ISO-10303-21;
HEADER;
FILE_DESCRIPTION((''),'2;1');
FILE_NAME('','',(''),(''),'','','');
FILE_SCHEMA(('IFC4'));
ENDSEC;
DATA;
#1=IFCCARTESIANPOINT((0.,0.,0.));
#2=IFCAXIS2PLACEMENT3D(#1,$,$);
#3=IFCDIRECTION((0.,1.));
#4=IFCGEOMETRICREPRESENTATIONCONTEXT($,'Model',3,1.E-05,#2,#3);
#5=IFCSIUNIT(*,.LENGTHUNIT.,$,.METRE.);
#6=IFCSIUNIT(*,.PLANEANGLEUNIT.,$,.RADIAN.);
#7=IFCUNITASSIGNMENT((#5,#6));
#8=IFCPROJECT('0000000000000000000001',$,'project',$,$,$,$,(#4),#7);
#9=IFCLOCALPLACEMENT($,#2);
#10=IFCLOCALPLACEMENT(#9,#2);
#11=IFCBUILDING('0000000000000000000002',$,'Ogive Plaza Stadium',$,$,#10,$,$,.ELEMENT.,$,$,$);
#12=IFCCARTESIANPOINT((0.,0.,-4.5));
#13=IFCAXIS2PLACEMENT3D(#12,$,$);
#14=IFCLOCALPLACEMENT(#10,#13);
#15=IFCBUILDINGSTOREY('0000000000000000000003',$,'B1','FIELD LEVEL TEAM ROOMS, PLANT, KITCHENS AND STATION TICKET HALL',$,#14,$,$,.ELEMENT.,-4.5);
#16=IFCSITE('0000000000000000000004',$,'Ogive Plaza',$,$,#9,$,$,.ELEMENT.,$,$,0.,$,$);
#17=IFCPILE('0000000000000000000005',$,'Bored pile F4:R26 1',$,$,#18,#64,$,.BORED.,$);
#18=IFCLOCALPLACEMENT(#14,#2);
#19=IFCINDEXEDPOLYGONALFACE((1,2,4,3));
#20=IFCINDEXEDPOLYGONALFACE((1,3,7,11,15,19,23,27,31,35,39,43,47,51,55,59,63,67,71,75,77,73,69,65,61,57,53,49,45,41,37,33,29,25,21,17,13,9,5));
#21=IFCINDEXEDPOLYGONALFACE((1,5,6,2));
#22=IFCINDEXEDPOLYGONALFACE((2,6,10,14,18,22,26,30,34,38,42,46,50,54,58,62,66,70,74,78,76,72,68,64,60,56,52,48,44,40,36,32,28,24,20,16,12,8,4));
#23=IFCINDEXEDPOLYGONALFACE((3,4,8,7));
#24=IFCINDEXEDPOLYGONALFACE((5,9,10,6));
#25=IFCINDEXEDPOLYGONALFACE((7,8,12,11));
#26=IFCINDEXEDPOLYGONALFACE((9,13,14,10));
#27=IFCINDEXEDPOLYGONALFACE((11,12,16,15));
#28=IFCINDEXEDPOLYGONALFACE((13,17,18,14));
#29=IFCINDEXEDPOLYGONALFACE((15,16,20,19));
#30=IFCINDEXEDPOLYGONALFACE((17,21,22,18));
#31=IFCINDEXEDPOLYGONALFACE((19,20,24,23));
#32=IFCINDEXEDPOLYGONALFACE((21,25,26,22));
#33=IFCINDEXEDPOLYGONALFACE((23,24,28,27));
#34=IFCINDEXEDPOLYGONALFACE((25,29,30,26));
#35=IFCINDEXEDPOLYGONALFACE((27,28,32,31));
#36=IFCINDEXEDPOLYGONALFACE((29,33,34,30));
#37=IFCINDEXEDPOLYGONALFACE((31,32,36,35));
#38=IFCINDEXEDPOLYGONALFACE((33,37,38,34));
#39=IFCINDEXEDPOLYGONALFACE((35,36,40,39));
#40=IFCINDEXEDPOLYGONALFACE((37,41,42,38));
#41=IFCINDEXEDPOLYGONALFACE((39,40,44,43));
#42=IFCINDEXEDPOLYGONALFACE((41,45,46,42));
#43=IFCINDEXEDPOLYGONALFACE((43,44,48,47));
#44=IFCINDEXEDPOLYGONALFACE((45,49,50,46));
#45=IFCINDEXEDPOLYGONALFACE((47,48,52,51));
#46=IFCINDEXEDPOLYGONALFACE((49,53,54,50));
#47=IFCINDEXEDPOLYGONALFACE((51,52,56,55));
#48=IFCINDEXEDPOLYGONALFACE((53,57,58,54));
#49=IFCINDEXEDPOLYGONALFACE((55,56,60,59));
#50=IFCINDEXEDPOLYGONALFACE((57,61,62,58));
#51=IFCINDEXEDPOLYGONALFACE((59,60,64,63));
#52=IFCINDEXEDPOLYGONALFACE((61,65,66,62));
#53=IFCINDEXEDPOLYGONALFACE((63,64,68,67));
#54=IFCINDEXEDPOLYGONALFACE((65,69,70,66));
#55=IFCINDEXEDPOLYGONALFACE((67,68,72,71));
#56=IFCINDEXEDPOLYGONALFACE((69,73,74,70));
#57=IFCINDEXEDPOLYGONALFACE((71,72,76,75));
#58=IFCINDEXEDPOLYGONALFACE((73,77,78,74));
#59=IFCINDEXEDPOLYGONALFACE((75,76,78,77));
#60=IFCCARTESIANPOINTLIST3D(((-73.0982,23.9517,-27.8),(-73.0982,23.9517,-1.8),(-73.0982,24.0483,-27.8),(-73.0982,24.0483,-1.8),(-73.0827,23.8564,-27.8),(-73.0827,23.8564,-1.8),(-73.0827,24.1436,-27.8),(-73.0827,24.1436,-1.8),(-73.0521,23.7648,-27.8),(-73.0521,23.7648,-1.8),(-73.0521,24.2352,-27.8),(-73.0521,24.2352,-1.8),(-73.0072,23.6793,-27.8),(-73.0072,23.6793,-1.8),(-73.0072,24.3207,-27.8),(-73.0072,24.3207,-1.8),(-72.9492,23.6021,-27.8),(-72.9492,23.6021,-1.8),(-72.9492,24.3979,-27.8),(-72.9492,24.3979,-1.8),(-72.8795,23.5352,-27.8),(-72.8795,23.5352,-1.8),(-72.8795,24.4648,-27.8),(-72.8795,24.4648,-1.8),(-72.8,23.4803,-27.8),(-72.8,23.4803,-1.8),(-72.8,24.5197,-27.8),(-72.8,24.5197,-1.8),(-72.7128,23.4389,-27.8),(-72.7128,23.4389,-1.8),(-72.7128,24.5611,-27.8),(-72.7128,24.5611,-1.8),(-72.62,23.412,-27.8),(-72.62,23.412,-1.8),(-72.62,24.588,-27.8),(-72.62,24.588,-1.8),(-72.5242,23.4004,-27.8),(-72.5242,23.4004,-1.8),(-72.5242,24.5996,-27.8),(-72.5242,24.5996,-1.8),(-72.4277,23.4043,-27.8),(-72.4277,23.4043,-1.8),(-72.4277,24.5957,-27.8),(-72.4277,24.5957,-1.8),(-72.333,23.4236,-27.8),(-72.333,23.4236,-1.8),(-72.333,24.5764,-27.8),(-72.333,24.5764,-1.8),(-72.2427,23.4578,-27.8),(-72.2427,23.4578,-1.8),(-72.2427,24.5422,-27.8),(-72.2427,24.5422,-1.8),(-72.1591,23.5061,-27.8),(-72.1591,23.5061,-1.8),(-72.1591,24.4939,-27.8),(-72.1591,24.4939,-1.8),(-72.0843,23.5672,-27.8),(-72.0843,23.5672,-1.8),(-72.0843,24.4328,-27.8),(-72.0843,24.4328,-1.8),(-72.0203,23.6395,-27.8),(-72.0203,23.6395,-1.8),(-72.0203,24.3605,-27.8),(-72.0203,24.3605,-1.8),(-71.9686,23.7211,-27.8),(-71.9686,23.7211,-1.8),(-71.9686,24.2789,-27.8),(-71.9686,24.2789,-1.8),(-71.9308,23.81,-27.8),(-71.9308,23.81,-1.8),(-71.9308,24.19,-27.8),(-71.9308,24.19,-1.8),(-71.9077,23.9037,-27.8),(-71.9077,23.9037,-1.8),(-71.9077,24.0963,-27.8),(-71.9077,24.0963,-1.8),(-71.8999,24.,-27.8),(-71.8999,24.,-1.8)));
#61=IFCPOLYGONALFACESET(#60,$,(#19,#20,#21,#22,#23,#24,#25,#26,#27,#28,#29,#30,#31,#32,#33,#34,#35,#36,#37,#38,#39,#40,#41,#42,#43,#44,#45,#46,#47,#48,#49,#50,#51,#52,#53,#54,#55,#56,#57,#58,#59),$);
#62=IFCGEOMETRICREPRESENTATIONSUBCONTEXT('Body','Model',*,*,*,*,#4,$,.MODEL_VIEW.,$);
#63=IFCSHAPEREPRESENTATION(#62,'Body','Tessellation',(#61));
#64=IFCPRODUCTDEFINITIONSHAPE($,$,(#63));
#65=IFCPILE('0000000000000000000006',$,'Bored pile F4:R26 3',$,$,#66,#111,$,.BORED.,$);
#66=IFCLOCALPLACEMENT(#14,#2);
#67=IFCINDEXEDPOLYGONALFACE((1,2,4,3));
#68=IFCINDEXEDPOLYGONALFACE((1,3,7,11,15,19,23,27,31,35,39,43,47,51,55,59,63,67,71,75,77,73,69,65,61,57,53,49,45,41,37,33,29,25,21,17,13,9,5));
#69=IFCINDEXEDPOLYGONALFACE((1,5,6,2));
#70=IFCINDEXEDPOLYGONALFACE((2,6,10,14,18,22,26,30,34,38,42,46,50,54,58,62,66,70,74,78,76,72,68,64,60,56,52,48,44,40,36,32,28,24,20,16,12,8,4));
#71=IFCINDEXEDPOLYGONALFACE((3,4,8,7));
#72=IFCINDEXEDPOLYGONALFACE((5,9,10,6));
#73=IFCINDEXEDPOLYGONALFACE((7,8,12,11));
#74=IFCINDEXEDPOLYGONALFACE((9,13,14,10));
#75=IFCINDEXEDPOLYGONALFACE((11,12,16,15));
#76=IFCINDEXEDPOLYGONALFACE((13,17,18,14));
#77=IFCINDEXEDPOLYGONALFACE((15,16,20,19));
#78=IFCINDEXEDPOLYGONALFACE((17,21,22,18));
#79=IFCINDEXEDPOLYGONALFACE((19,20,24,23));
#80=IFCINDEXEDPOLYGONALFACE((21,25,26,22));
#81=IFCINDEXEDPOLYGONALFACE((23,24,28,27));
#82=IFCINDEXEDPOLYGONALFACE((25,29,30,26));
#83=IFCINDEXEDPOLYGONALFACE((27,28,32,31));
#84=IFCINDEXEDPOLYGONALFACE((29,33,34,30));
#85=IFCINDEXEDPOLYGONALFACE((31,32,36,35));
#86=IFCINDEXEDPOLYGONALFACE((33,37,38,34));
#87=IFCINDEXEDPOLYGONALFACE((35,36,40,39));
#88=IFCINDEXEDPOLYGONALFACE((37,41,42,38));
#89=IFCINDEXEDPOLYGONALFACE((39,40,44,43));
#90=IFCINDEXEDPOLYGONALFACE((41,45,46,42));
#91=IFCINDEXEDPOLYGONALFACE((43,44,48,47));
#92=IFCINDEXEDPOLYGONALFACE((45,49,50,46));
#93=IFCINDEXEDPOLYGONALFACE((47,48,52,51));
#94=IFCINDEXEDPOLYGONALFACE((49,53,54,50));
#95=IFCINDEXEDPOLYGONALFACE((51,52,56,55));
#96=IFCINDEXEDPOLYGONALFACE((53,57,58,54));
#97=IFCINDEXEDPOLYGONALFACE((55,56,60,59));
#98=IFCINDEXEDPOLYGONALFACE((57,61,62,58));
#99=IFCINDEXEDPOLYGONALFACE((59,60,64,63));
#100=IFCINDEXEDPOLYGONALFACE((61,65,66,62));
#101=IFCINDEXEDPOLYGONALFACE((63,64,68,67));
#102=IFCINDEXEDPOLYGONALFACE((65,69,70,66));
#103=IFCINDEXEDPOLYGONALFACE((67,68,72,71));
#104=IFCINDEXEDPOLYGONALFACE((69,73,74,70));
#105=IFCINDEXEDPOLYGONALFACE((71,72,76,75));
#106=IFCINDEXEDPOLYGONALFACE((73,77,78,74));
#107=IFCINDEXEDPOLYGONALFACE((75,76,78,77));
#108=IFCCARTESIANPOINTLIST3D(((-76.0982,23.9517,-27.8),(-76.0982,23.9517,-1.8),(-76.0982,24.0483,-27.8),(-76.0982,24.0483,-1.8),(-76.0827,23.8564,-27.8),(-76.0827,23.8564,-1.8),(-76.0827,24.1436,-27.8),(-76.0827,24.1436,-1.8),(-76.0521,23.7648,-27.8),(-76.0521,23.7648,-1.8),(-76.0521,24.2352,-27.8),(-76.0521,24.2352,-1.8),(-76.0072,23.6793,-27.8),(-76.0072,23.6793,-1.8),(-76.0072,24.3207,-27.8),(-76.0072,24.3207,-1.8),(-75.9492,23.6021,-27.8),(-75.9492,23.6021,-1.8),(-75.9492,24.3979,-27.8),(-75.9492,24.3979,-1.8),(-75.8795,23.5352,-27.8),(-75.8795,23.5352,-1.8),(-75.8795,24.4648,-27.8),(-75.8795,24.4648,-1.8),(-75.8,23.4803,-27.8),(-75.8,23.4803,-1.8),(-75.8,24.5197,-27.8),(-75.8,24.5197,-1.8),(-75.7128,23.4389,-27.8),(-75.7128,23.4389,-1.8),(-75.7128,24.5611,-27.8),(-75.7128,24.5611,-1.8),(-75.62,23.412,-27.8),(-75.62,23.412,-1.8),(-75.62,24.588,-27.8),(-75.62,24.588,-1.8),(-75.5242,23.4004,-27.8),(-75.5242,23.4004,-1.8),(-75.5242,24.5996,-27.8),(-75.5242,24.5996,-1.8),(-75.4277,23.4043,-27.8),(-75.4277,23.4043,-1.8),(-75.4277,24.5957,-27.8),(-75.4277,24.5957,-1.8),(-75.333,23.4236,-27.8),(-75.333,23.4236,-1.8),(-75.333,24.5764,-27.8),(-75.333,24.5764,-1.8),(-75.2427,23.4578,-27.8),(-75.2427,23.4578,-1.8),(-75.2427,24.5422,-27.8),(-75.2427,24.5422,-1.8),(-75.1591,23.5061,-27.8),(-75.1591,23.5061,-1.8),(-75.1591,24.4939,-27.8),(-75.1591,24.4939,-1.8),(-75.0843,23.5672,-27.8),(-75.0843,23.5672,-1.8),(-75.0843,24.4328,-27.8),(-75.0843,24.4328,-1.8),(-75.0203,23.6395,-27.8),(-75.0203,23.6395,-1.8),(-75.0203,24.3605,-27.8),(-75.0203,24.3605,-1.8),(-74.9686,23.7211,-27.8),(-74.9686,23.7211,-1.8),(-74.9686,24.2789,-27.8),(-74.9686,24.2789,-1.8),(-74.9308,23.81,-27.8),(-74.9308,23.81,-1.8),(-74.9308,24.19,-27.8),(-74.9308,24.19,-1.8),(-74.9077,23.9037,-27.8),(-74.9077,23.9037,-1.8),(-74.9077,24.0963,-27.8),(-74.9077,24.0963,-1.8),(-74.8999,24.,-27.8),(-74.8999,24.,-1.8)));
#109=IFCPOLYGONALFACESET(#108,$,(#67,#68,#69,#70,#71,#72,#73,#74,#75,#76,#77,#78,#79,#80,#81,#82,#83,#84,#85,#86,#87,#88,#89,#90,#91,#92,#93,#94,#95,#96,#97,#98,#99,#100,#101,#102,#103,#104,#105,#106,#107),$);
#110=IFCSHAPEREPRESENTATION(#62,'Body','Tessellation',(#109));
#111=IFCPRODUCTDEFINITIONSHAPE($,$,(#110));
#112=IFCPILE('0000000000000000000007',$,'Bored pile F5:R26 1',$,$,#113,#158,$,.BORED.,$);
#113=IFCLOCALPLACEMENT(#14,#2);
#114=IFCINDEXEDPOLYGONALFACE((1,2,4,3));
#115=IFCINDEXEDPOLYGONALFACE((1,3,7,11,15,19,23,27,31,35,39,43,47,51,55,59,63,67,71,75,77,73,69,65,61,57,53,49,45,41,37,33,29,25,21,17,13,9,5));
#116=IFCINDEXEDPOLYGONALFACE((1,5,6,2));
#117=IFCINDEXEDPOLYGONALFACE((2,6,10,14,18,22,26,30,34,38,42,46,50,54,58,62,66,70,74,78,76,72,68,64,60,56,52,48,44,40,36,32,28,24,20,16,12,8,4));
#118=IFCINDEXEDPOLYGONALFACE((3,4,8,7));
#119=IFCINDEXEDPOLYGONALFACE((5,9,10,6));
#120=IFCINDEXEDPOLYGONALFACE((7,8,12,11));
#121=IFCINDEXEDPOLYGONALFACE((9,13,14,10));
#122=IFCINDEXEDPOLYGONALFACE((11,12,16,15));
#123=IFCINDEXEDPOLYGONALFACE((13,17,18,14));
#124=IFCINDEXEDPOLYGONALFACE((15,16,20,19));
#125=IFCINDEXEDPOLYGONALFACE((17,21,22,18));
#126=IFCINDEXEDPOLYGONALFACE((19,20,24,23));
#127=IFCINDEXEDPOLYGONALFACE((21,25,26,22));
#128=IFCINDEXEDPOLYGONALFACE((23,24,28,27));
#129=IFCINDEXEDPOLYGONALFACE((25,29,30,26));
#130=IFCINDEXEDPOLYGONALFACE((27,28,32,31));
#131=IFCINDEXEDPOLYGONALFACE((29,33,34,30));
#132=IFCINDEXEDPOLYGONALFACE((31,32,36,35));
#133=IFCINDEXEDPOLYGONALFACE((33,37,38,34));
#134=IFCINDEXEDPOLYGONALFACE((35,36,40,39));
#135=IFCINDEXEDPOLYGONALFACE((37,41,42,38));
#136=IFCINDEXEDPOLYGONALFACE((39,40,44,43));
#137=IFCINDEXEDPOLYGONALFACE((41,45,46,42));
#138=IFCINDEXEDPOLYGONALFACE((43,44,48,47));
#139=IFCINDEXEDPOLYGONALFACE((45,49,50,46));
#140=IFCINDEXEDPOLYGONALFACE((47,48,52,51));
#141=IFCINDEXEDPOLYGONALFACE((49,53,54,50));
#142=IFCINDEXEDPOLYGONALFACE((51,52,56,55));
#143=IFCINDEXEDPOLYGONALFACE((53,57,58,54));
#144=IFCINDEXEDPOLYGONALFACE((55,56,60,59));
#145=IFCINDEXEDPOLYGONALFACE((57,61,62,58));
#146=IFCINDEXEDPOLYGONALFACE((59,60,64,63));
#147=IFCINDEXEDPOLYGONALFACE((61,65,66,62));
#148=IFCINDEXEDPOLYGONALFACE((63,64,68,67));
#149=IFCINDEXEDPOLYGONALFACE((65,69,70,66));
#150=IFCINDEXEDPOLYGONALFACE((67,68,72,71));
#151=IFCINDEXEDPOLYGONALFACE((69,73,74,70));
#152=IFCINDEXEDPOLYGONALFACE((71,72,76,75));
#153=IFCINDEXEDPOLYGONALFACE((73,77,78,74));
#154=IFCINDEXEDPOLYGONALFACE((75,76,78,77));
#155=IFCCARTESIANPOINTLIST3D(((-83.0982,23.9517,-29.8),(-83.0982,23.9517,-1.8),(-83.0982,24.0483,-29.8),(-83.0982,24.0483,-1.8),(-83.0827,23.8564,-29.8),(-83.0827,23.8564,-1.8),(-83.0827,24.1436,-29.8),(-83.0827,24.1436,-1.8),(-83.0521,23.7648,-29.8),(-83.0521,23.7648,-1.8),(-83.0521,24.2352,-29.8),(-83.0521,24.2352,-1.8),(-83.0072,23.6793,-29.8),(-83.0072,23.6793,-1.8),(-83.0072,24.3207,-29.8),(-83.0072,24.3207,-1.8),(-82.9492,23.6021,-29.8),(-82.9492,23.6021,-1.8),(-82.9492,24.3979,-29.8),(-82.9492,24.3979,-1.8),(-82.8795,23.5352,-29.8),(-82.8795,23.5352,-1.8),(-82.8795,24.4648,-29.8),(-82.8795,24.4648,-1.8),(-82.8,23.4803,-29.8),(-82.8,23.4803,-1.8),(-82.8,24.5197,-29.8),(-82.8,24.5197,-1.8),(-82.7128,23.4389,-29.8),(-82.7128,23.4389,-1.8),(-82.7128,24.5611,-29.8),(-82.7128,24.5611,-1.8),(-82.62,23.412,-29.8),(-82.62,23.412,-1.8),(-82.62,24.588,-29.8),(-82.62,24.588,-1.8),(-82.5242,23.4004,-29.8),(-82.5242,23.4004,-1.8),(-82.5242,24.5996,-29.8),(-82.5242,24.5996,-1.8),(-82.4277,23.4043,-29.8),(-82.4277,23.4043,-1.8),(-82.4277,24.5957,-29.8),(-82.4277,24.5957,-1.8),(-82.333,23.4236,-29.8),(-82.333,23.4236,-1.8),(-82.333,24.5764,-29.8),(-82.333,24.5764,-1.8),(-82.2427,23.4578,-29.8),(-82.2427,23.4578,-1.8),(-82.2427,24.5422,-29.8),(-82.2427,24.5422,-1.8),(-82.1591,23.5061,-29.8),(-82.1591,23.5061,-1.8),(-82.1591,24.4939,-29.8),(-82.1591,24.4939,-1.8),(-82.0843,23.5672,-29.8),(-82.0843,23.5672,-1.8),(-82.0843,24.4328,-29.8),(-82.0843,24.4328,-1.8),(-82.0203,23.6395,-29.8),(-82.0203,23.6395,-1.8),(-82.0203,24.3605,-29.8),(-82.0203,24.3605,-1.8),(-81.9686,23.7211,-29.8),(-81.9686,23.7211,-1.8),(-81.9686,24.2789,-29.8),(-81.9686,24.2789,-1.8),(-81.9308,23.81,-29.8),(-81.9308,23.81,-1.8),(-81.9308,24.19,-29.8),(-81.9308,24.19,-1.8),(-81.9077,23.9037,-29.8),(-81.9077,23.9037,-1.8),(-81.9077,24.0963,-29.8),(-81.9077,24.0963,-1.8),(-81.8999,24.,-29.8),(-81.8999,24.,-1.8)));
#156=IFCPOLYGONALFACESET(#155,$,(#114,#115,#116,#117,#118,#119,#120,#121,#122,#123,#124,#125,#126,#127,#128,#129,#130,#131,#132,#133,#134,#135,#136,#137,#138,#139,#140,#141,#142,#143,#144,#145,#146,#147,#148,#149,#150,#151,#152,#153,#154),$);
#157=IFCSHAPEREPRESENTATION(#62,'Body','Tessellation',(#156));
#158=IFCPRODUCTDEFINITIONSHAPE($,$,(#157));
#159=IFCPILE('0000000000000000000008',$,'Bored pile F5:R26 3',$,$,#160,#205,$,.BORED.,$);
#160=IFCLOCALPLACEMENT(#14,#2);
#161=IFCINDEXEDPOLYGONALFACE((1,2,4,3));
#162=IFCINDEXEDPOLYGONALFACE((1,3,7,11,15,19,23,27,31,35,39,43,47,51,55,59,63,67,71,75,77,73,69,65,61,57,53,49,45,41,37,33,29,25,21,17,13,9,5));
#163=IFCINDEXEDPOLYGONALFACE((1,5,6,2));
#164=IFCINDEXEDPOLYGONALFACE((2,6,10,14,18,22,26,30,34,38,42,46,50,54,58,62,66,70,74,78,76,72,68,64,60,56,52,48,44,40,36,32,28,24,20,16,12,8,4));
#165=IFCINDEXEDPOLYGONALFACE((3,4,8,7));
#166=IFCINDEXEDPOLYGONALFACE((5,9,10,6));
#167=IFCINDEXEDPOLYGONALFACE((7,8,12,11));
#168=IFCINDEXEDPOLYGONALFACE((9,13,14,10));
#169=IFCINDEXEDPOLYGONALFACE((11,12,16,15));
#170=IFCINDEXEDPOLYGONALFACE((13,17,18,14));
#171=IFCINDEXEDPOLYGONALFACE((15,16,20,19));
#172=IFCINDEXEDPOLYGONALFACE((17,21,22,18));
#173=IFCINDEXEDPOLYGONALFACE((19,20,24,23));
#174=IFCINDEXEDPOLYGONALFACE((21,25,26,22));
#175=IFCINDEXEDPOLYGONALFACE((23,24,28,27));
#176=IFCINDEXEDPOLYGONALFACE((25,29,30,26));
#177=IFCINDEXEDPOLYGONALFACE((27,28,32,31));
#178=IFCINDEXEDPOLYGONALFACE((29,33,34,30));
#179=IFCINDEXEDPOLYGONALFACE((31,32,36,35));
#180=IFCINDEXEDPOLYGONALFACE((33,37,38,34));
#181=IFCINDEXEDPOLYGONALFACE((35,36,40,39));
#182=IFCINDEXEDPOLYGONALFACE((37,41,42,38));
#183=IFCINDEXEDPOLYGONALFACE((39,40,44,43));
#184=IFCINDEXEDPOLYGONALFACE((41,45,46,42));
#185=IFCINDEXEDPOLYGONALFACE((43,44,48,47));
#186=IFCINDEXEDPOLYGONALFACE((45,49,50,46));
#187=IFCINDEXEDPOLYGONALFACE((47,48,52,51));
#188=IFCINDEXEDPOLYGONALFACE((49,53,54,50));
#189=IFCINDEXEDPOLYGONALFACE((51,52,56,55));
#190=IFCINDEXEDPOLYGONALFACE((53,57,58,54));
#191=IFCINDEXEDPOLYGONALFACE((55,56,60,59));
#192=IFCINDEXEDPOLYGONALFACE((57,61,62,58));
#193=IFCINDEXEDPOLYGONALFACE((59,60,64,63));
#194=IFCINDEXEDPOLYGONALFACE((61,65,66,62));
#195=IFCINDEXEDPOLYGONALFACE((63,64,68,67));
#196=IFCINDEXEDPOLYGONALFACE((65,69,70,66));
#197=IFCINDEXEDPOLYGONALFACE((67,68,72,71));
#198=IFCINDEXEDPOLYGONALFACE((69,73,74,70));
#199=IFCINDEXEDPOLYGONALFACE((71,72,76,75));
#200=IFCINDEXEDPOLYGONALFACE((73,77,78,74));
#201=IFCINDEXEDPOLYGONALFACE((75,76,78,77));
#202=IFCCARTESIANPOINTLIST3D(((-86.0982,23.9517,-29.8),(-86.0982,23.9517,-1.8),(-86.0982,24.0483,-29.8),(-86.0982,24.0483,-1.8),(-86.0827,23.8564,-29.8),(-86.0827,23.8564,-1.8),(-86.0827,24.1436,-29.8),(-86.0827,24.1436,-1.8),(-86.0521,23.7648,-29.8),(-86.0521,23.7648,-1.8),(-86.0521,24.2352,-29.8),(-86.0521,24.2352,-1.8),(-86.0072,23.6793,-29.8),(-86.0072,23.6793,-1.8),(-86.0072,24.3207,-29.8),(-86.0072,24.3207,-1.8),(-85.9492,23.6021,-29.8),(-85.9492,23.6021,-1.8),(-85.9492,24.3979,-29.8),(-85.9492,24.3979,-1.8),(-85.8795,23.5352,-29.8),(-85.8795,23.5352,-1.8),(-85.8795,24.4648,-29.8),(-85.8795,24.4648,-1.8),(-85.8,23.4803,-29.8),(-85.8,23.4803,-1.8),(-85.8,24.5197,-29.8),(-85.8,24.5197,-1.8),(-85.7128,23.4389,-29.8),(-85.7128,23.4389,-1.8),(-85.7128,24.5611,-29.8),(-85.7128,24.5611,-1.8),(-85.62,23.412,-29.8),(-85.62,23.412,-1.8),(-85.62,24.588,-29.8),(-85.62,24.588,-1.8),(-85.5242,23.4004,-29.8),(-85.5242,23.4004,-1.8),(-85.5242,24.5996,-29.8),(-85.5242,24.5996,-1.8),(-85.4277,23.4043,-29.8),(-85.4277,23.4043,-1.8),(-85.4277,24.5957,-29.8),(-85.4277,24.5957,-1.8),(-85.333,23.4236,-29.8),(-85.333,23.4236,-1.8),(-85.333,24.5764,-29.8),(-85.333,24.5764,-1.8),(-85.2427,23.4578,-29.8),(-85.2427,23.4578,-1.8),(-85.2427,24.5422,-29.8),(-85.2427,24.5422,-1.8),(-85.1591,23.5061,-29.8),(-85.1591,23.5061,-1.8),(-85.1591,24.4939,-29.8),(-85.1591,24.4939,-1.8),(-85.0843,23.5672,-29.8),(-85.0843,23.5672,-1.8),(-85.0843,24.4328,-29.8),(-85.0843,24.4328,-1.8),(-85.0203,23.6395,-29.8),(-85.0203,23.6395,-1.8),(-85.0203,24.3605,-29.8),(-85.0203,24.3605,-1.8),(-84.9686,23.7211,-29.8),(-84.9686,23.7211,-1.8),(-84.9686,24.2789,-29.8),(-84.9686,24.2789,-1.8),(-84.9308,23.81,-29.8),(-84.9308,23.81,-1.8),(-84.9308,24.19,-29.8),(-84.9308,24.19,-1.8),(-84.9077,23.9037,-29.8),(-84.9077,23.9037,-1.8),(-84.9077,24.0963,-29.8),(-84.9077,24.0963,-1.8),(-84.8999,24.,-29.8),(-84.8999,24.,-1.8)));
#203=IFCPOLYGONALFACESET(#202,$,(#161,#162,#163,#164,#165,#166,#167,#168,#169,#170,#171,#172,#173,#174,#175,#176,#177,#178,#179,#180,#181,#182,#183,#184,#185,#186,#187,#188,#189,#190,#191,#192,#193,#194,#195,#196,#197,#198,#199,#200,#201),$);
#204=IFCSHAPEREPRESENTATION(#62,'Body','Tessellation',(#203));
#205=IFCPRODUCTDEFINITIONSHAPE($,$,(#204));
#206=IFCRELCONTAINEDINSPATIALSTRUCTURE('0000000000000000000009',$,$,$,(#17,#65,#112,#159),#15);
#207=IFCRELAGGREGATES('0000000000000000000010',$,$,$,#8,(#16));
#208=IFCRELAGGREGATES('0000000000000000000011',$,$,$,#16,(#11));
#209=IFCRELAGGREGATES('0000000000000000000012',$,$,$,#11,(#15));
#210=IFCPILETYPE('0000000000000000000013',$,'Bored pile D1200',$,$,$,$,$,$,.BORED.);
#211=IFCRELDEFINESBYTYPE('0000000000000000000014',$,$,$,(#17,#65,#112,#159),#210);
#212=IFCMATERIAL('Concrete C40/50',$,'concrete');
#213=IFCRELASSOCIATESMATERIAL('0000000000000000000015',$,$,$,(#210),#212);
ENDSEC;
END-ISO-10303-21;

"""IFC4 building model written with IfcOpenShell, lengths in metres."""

from ifc_helpers import new_model, si_unit, direction, frame, origin, origin_2d, place, context, subcontext, project, spatial, circle, extrude, material, material_profile, profile_set, type_object, element, save


model = new_model("IFC4")

# Units and contexts
model_context = context("Model", 3, precision=1e-05, world=origin(), true_north=direction((0.0, 1.0)))
body_context = subcontext(model_context, "Body", "Model", "MODEL_VIEW")
ifc_project = project(units=[si_unit("LENGTHUNIT", "METRE"), si_unit("PLANEANGLEUNIT", "RADIAN")], contexts=[model_context])

# Site, building, storey
site_placement = place(None, origin())
site = spatial("IfcSite", under=ifc_project, at=site_placement, Name="Ogive Plaza", CompositionType="ELEMENT", RefElevation=0.0)
building_placement = place(site_placement, origin())
building = spatial("IfcBuilding", under=site, at=building_placement, Name="Ogive Plaza Stadium", CompositionType="ELEMENT")
storey_placement = place(building_placement, frame((0.0, 0.0, -4.5)))
storey = spatial("IfcBuildingStorey", under=building, at=storey_placement, Name="B1", Description="FIELD LEVEL TEAM ROOMS, PLANT, KITCHENS AND STATION TICKET HALL", CompositionType="ELEMENT", Elevation=-4.5)

# Piles
ifc_material_1 = material(Name="Concrete C40/50", Category="concrete")
ifc_material_profile_1 = material_profile(ifc_material_1, circle(Radius=0.6001, at=origin_2d()), Name="RC D1200")
ifc_profile_set_1 = profile_set([ifc_material_profile_1], Name="Concrete C40/50")
pile_type_1 = type_object("IfcPileType", Name="Bored pile D1200", PredefinedType="BORED", material=ifc_profile_set_1)
for number, where, z_axis, x_axis, name in (
    (1, (-72.5, 24.0, -1.8), (0.0, 0.0, -1.0), (1.0, 0.0, 0.0), "Bored pile F4:R26 1"),
    (2, (-75.5, 24.0, -1.8), (0.0, 0.0, -1.0), (1.0, 0.0, 0.0), "Bored pile F4:R26 3"),
):
    element("IfcPile", number, at=place(storey_placement, frame(where, z_axis=z_axis, x_axis=x_axis)), inside=storey, type_object=pile_type_1, Name=name, PredefinedType="BORED", context=body_context, shape_type="SweptSolid", body=[
        extrude(circle(Radius=0.6001, at=origin_2d()), origin(), (0.0, 0.0, 1.0), 26.0),
    ])
for number, where, z_axis, x_axis, name in (
    (3, (-82.5, 24.0, -1.8), (0.0, 0.0, -1.0), (1.0, 0.0, 0.0), "Bored pile F5:R26 1"),
    (4, (-85.5, 24.0, -1.8), (0.0, 0.0, -1.0), (1.0, 0.0, 0.0), "Bored pile F5:R26 3"),
):
    element("IfcPile", number, at=place(storey_placement, frame(where, z_axis=z_axis, x_axis=x_axis)), inside=storey, type_object=pile_type_1, Name=name, PredefinedType="BORED", context=body_context, shape_type="SweptSolid", body=[
        extrude(circle(Radius=0.6001, at=origin_2d()), origin(), (0.0, 0.0, 1.0), 28.0),
    ])

save(model, "model.ifc")
